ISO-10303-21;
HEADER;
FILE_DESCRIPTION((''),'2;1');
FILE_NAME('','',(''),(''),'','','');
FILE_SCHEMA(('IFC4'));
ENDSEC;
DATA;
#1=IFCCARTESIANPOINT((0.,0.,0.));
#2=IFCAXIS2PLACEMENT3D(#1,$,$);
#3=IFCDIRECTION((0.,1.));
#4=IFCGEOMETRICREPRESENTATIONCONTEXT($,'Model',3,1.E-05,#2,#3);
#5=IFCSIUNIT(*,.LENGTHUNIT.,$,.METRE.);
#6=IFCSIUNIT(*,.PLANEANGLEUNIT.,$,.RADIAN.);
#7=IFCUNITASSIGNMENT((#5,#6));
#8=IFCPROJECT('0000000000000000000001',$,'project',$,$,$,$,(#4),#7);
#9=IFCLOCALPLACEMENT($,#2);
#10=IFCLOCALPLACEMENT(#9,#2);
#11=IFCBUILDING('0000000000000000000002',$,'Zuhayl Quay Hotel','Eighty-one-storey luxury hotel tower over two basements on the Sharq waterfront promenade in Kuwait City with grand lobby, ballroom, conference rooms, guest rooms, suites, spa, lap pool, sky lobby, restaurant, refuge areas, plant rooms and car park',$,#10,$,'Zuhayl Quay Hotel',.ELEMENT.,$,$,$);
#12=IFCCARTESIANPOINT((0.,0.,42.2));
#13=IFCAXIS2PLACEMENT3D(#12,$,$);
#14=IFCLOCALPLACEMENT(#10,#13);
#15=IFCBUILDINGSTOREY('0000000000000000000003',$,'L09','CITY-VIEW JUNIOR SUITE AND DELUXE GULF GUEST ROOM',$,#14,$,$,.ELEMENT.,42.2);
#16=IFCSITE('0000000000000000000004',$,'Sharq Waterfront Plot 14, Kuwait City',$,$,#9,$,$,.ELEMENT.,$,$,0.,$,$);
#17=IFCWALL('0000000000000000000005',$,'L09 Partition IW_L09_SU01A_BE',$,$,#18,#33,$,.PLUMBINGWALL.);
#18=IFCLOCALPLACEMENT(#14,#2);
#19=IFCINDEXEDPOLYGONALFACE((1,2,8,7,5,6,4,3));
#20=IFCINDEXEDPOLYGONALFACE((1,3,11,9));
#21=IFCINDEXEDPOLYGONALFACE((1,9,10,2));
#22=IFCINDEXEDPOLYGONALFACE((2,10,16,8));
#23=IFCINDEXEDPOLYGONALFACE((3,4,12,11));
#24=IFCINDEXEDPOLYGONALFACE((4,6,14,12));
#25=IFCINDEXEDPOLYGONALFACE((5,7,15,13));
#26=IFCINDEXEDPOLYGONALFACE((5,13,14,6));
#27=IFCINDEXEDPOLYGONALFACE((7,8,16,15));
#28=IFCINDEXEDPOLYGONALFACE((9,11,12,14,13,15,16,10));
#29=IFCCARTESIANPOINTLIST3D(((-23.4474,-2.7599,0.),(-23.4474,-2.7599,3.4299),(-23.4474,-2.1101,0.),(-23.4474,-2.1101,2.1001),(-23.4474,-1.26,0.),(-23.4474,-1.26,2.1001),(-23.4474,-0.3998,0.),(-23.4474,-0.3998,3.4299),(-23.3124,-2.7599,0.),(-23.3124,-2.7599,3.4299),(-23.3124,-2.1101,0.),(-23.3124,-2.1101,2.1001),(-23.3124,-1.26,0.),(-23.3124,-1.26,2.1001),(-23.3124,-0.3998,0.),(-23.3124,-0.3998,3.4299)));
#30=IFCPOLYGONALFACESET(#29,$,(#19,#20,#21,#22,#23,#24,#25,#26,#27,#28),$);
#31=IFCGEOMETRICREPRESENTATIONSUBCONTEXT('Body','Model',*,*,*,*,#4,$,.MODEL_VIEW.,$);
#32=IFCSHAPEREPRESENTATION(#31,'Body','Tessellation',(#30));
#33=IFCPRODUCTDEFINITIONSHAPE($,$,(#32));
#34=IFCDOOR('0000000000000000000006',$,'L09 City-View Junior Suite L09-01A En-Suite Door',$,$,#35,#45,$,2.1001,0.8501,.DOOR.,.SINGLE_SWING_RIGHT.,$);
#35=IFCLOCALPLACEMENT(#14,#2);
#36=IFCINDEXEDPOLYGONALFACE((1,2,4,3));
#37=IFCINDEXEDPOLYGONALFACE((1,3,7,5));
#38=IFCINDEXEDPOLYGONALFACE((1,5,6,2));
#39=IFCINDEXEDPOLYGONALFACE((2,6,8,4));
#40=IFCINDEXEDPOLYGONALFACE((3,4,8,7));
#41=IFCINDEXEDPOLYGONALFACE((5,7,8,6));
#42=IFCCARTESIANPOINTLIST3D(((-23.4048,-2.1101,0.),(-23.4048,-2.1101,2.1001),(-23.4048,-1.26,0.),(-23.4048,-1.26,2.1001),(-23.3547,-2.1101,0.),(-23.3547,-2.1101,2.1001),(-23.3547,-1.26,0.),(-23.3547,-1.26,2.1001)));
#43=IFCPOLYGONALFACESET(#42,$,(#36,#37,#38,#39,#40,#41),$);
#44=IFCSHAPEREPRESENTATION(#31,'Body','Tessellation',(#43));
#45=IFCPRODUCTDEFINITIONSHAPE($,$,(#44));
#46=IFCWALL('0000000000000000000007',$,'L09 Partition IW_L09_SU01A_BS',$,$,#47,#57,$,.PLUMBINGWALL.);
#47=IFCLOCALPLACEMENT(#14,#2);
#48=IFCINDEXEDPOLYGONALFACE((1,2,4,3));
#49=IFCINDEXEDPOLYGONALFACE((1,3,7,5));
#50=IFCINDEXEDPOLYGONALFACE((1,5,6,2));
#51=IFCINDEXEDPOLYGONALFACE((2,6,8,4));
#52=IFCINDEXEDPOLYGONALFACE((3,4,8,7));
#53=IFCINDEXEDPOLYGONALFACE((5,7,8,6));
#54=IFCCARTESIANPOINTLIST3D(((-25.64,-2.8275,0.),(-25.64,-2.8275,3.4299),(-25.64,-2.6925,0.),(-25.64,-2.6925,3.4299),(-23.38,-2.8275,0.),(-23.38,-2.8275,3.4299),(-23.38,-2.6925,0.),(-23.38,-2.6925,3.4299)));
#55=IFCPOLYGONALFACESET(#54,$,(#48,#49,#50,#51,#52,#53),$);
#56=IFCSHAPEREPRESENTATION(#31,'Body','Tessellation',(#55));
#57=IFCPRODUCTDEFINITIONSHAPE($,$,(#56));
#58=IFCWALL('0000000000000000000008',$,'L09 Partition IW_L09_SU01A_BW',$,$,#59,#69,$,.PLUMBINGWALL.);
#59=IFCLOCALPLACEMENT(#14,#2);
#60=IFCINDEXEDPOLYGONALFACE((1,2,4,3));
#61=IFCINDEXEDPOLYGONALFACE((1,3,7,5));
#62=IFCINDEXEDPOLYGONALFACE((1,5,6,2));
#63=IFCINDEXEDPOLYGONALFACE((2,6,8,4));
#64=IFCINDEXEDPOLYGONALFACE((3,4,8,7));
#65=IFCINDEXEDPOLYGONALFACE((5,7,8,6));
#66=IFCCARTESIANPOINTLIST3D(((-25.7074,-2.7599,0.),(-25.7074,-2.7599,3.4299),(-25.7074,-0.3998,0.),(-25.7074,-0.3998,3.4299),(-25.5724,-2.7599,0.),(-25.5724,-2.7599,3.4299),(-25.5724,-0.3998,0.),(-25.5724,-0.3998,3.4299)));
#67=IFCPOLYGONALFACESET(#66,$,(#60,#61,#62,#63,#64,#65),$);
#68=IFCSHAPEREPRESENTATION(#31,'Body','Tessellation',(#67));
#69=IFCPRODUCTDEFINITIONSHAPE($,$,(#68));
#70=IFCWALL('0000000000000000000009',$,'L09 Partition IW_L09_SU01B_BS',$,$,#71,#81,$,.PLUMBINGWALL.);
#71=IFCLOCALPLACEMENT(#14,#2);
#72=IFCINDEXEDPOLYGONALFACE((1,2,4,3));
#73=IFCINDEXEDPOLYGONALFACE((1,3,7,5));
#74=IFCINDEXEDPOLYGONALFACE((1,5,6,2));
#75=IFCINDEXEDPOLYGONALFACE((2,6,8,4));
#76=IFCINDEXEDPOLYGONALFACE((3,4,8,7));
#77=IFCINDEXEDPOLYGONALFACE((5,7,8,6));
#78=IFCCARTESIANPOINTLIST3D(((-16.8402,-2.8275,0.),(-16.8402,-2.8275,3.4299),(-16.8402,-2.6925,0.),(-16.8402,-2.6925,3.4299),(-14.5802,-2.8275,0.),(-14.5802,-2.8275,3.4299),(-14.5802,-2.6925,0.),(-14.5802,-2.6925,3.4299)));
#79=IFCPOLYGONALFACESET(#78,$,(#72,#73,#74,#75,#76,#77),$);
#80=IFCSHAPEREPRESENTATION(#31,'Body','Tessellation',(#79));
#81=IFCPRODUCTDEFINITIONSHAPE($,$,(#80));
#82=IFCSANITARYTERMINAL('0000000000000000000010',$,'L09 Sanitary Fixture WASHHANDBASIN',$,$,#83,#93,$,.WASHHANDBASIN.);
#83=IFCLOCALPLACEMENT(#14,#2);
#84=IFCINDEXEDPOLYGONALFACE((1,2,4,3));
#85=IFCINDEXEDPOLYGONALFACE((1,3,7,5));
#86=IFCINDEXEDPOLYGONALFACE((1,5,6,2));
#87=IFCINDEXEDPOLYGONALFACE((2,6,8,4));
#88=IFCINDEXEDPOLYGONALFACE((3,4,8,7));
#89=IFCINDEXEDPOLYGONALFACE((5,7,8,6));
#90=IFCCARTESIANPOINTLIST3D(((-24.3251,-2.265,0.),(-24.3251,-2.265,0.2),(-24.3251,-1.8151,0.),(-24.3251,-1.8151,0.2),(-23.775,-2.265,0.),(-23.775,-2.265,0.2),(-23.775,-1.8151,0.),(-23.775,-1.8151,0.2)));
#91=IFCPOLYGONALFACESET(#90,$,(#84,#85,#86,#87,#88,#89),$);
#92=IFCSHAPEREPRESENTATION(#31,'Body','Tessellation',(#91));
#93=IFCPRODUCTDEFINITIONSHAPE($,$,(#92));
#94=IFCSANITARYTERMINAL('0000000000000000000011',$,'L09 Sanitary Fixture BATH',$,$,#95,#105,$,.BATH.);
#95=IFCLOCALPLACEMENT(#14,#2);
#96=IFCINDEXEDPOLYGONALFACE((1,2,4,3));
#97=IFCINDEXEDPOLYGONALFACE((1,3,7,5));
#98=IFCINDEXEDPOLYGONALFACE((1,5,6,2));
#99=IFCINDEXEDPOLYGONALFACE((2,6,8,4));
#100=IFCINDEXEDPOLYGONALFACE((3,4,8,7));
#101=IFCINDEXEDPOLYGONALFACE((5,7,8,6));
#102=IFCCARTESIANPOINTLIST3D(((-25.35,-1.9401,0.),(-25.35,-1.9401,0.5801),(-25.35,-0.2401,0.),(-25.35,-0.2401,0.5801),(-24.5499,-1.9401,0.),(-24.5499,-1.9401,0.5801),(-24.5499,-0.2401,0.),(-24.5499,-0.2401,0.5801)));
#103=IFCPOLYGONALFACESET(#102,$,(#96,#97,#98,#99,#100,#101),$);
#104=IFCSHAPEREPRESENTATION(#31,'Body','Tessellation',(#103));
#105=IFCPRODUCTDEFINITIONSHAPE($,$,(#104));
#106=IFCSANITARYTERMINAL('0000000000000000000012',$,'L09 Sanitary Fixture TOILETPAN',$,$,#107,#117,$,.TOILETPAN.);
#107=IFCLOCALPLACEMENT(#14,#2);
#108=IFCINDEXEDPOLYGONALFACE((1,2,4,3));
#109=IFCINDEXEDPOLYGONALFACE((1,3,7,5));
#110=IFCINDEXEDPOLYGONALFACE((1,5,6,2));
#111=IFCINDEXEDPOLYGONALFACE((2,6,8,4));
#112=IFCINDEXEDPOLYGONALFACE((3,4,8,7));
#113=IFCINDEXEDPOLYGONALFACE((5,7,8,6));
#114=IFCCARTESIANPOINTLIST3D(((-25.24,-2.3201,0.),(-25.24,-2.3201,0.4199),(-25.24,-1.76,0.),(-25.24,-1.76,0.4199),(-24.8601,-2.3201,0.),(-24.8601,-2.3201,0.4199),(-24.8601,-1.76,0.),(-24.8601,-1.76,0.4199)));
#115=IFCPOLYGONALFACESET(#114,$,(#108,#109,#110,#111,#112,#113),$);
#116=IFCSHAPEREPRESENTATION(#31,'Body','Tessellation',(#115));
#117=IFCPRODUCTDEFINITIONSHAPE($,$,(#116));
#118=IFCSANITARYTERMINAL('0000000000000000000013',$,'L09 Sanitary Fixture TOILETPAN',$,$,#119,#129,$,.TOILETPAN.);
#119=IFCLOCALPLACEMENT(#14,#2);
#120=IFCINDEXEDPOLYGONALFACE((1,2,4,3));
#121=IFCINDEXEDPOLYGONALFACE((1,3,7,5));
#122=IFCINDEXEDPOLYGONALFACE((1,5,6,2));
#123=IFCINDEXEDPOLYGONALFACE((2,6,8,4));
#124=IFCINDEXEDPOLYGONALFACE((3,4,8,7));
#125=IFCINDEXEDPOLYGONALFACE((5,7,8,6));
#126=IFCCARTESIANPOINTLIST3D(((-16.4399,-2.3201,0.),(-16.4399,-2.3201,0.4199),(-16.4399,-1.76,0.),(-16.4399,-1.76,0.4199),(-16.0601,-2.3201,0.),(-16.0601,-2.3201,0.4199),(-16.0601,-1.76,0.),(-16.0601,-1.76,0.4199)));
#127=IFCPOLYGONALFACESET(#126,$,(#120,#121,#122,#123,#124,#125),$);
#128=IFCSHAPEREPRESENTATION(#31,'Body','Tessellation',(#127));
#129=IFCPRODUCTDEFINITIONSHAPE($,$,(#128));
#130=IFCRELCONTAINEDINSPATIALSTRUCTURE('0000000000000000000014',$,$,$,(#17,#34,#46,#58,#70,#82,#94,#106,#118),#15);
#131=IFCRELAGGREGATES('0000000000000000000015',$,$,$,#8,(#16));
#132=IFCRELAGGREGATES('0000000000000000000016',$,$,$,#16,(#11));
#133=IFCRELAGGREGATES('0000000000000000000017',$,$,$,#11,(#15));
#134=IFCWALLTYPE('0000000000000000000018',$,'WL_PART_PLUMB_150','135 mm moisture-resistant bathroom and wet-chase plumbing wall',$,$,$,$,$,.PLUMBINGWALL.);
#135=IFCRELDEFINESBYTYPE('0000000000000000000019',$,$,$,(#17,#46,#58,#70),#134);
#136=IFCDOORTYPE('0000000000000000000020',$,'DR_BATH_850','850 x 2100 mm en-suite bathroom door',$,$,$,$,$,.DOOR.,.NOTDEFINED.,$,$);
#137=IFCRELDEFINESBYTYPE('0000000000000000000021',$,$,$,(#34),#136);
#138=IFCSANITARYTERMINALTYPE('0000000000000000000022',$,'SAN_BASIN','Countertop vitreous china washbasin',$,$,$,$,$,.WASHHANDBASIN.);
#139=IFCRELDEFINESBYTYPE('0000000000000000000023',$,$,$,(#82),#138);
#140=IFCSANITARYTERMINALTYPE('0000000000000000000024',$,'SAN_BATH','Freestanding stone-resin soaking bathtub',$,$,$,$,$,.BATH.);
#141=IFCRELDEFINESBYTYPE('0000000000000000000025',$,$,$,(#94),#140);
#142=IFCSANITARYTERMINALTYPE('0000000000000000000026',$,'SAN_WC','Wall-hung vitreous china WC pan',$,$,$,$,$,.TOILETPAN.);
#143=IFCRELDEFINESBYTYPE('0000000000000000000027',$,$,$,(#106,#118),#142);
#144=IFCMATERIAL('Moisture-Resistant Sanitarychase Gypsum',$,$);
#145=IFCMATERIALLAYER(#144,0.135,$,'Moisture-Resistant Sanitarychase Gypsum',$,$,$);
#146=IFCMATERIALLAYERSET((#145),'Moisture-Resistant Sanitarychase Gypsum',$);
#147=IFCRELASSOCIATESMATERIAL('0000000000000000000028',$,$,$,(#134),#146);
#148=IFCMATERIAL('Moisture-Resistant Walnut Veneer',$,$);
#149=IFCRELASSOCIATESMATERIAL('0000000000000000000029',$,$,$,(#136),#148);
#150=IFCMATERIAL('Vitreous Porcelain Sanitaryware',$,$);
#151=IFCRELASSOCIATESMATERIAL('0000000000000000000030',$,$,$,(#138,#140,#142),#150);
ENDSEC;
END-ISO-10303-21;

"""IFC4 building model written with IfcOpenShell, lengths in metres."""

from ifc_helpers import new_model, si_unit, direction, frame, frame_2d, origin, origin_2d, place, context, subcontext, project, spatial, rectangle, extrude, material, layer, layer_set, type_object, element, fill, save


model = new_model("IFC4")

# Units and contexts
model_context = context("Model", 3, precision=1e-05, world=origin(), true_north=direction((0.0, 1.0)))
body_context = subcontext(model_context, "Body", "Model", "MODEL_VIEW")
ifc_project = project(units=[si_unit("LENGTHUNIT", "METRE"), si_unit("PLANEANGLEUNIT", "RADIAN")], contexts=[model_context])

# Site, building, storey
site_placement = place(None, origin())
site = spatial("IfcSite", under=ifc_project, at=site_placement, Name="Sharq Waterfront Plot 14, Kuwait City", CompositionType="ELEMENT", RefElevation=0.0)
building_placement = place(site_placement, origin())
building = spatial("IfcBuilding", under=site, at=building_placement, Name="Zuhayl Quay Hotel", Description="Eighty-one-storey luxury hotel tower over two basements on the Sharq waterfront promenade in Kuwait City with grand lobby, ballroom, conference rooms, guest rooms, suites, spa, lap pool, sky lobby, restaurant, refuge areas, plant rooms and car park", LongName="Zuhayl Quay Hotel", CompositionType="ELEMENT")
storey_placement = place(building_placement, frame((0.0, 0.0, 42.2)))
storey = spatial("IfcBuildingStorey", under=building, at=storey_placement, Name="L09", Description="CITY-VIEW JUNIOR SUITE AND DELUXE GULF GUEST ROOM", CompositionType="ELEMENT", Elevation=42.2)

# Wall, opening, door
ifc_material_1 = material(Name="Moisture-Resistant Sanitarychase Gypsum")
ifc_layer_1 = layer(ifc_material_1, 0.135, Name="Moisture-Resistant Sanitarychase Gypsum")
ifc_layer_set_1 = layer_set([ifc_layer_1], Name="Moisture-Resistant Sanitarychase Gypsum")
wall_type_1 = type_object("IfcWallType", Name="WL_PART_PLUMB_150", Description="135 mm moisture-resistant bathroom and wet-chase plumbing wall", PredefinedType="PLUMBINGWALL", material=ifc_layer_set_1)
wall_1_placement = place(storey_placement, frame((-23.3799, -2.76, 0.0), z_axis=(0.0, 0.0, 1.0), x_axis=(0.0, 1.0, 0.0)))
wall_1 = element("IfcWall", 1, at=wall_1_placement, inside=storey, type_object=wall_type_1, Name="L09 Partition IW_L09_SU01A_BE", PredefinedType="PLUMBINGWALL", context=body_context, shape_type="SweptSolid", body=[
    extrude(rectangle(XDim=2.3601, YDim=0.135, at=frame_2d((1.1802, 0.0))), origin(), (0.0, 0.0, 1.0), 3.4299),
])
opening_1_placement = place(wall_1_placement, frame((0.6499, 0.0, 0.0)))
opening_1 = element("IfcOpeningElement", 2, at=opening_1_placement, cuts=wall_1, PredefinedType="OPENING", context=body_context, shape_type="SweptSolid", body=[
    extrude(rectangle(XDim=0.8501, YDim=2.1001, at=frame_2d((0.425, 1.05))), frame((0.0, 0.0774, 0.0), z_axis=(0.0, -1.0, 0.0), x_axis=(1.0, 0.0, 0.0)), (0.0, 0.0, 1.0), 0.155),
])
ifc_material_2 = material(Name="Moisture-Resistant Walnut Veneer")
door_type_1 = type_object("IfcDoorType", Name="DR_BATH_850", Description="850 x 2100 mm en-suite bathroom door", OperationType="NOTDEFINED", PredefinedType="DOOR", material=ifc_material_2)
door_1_placement = place(opening_1_placement, origin())
door_1 = element("IfcDoor", 3, at=door_1_placement, inside=storey, type_object=door_type_1, Name="L09 City-View Junior Suite L09-01A En-Suite Door", OperationType="SINGLE_SWING_RIGHT", OverallHeight=2.1001, OverallWidth=0.8501, PredefinedType="DOOR", context=body_context, shape_type="SweptSolid", body=[
    extrude(rectangle(XDim=0.8501, YDim=2.1001, at=frame_2d((0.425, 1.05))), frame((0.0, 0.0249, 0.0), z_axis=(0.0, -1.0, 0.0), x_axis=(1.0, 0.0, 0.0)), (0.0, 0.0, 1.0), 0.05),
])
fill(opening_1, door_1)

# Walls
wall_2_placement = place(storey_placement, frame((-25.6399, -2.76, 0.0), z_axis=(0.0, 0.0, 1.0), x_axis=(1.0, 0.0, 0.0)))
element("IfcWall", 4, at=wall_2_placement, inside=storey, type_object=wall_type_1, Name="L09 Partition IW_L09_SU01A_BS", PredefinedType="PLUMBINGWALL", context=body_context, shape_type="SweptSolid", body=[
    extrude(rectangle(XDim=2.26, YDim=0.135, at=frame_2d((1.1299, 0.0))), origin(), (0.0, 0.0, 1.0), 3.4299),
])
wall_3_placement = place(storey_placement, frame((-25.6399, -2.76, 0.0), z_axis=(0.0, 0.0, 1.0), x_axis=(0.0, 1.0, 0.0)))
element("IfcWall", 5, at=wall_3_placement, inside=storey, type_object=wall_type_1, Name="L09 Partition IW_L09_SU01A_BW", PredefinedType="PLUMBINGWALL", context=body_context, shape_type="SweptSolid", body=[
    extrude(rectangle(XDim=2.3601, YDim=0.135, at=frame_2d((1.1802, 0.0))), origin(), (0.0, 0.0, 1.0), 3.4299),
])
wall_4_placement = place(storey_placement, frame((-16.8401, -2.76, 0.0), z_axis=(0.0, 0.0, 1.0), x_axis=(1.0, 0.0, 0.0)))
element("IfcWall", 6, at=wall_4_placement, inside=storey, type_object=wall_type_1, Name="L09 Partition IW_L09_SU01B_BS", PredefinedType="PLUMBINGWALL", context=body_context, shape_type="SweptSolid", body=[
    extrude(rectangle(XDim=2.26, YDim=0.135, at=frame_2d((1.1299, 0.0))), origin(), (0.0, 0.0, 1.0), 3.4299),
])

# Sanitary terminals
ifc_material_3 = material(Name="Vitreous Porcelain Sanitaryware")
sanitary_terminal_type_1 = type_object("IfcSanitaryTerminalType", Name="SAN_BASIN", Description="Countertop vitreous china washbasin", PredefinedType="WASHHANDBASIN", material=ifc_material_3)
sanitary_terminal_1_placement = place(storey_placement, frame((-24.05, -2.04, 0.0), z_axis=(0.0, 0.0, 1.0), x_axis=(1.0, 0.0, 0.0)))
element("IfcSanitaryTerminal", 7, at=sanitary_terminal_1_placement, inside=storey, type_object=sanitary_terminal_type_1, Name="L09 Sanitary Fixture WASHHANDBASIN", PredefinedType="WASHHANDBASIN", context=body_context, shape_type="SweptSolid", body=[
    extrude(rectangle(XDim=0.55, YDim=0.45, at=origin_2d()), origin(), (0.0, 0.0, 1.0), 0.2),
])
sanitary_terminal_type_2 = type_object("IfcSanitaryTerminalType", Name="SAN_BATH", Description="Freestanding stone-resin soaking bathtub", PredefinedType="BATH", material=ifc_material_3)
sanitary_terminal_2_placement = place(storey_placement, frame((-24.95, -1.0901, 0.0), z_axis=(0.0, 0.0, 1.0), x_axis=(1.0, 0.0, 0.0)))
element("IfcSanitaryTerminal", 8, at=sanitary_terminal_2_placement, inside=storey, type_object=sanitary_terminal_type_2, Name="L09 Sanitary Fixture BATH", PredefinedType="BATH", context=body_context, shape_type="SweptSolid", body=[
    extrude(rectangle(XDim=0.8, YDim=1.7, at=origin_2d()), origin(), (0.0, 0.0, 1.0), 0.5801),
])
sanitary_terminal_type_3 = type_object("IfcSanitaryTerminalType", Name="SAN_WC", Description="Wall-hung vitreous china WC pan", PredefinedType="TOILETPAN", material=ifc_material_3)
for number, where, z_axis, x_axis, name in (
    (9, (-25.05, -2.04, 0.0), (0.0, 0.0, 1.0), (1.0, 0.0, 0.0), "L09 Sanitary Fixture TOILETPAN"),
    (10, (-16.25, -2.04, 0.0), (0.0, 0.0, 1.0), (1.0, 0.0, 0.0), "L09 Sanitary Fixture TOILETPAN"),
):
    element("IfcSanitaryTerminal", number, at=place(storey_placement, frame(where, z_axis=z_axis, x_axis=x_axis)), inside=storey, type_object=sanitary_terminal_type_3, Name=name, PredefinedType="TOILETPAN", context=body_context, shape_type="SweptSolid", body=[
        extrude(rectangle(XDim=0.3799, YDim=0.5601, at=origin_2d()), origin(), (0.0, 0.0, 1.0), 0.4199),
    ])

save(model, "model.ifc")
